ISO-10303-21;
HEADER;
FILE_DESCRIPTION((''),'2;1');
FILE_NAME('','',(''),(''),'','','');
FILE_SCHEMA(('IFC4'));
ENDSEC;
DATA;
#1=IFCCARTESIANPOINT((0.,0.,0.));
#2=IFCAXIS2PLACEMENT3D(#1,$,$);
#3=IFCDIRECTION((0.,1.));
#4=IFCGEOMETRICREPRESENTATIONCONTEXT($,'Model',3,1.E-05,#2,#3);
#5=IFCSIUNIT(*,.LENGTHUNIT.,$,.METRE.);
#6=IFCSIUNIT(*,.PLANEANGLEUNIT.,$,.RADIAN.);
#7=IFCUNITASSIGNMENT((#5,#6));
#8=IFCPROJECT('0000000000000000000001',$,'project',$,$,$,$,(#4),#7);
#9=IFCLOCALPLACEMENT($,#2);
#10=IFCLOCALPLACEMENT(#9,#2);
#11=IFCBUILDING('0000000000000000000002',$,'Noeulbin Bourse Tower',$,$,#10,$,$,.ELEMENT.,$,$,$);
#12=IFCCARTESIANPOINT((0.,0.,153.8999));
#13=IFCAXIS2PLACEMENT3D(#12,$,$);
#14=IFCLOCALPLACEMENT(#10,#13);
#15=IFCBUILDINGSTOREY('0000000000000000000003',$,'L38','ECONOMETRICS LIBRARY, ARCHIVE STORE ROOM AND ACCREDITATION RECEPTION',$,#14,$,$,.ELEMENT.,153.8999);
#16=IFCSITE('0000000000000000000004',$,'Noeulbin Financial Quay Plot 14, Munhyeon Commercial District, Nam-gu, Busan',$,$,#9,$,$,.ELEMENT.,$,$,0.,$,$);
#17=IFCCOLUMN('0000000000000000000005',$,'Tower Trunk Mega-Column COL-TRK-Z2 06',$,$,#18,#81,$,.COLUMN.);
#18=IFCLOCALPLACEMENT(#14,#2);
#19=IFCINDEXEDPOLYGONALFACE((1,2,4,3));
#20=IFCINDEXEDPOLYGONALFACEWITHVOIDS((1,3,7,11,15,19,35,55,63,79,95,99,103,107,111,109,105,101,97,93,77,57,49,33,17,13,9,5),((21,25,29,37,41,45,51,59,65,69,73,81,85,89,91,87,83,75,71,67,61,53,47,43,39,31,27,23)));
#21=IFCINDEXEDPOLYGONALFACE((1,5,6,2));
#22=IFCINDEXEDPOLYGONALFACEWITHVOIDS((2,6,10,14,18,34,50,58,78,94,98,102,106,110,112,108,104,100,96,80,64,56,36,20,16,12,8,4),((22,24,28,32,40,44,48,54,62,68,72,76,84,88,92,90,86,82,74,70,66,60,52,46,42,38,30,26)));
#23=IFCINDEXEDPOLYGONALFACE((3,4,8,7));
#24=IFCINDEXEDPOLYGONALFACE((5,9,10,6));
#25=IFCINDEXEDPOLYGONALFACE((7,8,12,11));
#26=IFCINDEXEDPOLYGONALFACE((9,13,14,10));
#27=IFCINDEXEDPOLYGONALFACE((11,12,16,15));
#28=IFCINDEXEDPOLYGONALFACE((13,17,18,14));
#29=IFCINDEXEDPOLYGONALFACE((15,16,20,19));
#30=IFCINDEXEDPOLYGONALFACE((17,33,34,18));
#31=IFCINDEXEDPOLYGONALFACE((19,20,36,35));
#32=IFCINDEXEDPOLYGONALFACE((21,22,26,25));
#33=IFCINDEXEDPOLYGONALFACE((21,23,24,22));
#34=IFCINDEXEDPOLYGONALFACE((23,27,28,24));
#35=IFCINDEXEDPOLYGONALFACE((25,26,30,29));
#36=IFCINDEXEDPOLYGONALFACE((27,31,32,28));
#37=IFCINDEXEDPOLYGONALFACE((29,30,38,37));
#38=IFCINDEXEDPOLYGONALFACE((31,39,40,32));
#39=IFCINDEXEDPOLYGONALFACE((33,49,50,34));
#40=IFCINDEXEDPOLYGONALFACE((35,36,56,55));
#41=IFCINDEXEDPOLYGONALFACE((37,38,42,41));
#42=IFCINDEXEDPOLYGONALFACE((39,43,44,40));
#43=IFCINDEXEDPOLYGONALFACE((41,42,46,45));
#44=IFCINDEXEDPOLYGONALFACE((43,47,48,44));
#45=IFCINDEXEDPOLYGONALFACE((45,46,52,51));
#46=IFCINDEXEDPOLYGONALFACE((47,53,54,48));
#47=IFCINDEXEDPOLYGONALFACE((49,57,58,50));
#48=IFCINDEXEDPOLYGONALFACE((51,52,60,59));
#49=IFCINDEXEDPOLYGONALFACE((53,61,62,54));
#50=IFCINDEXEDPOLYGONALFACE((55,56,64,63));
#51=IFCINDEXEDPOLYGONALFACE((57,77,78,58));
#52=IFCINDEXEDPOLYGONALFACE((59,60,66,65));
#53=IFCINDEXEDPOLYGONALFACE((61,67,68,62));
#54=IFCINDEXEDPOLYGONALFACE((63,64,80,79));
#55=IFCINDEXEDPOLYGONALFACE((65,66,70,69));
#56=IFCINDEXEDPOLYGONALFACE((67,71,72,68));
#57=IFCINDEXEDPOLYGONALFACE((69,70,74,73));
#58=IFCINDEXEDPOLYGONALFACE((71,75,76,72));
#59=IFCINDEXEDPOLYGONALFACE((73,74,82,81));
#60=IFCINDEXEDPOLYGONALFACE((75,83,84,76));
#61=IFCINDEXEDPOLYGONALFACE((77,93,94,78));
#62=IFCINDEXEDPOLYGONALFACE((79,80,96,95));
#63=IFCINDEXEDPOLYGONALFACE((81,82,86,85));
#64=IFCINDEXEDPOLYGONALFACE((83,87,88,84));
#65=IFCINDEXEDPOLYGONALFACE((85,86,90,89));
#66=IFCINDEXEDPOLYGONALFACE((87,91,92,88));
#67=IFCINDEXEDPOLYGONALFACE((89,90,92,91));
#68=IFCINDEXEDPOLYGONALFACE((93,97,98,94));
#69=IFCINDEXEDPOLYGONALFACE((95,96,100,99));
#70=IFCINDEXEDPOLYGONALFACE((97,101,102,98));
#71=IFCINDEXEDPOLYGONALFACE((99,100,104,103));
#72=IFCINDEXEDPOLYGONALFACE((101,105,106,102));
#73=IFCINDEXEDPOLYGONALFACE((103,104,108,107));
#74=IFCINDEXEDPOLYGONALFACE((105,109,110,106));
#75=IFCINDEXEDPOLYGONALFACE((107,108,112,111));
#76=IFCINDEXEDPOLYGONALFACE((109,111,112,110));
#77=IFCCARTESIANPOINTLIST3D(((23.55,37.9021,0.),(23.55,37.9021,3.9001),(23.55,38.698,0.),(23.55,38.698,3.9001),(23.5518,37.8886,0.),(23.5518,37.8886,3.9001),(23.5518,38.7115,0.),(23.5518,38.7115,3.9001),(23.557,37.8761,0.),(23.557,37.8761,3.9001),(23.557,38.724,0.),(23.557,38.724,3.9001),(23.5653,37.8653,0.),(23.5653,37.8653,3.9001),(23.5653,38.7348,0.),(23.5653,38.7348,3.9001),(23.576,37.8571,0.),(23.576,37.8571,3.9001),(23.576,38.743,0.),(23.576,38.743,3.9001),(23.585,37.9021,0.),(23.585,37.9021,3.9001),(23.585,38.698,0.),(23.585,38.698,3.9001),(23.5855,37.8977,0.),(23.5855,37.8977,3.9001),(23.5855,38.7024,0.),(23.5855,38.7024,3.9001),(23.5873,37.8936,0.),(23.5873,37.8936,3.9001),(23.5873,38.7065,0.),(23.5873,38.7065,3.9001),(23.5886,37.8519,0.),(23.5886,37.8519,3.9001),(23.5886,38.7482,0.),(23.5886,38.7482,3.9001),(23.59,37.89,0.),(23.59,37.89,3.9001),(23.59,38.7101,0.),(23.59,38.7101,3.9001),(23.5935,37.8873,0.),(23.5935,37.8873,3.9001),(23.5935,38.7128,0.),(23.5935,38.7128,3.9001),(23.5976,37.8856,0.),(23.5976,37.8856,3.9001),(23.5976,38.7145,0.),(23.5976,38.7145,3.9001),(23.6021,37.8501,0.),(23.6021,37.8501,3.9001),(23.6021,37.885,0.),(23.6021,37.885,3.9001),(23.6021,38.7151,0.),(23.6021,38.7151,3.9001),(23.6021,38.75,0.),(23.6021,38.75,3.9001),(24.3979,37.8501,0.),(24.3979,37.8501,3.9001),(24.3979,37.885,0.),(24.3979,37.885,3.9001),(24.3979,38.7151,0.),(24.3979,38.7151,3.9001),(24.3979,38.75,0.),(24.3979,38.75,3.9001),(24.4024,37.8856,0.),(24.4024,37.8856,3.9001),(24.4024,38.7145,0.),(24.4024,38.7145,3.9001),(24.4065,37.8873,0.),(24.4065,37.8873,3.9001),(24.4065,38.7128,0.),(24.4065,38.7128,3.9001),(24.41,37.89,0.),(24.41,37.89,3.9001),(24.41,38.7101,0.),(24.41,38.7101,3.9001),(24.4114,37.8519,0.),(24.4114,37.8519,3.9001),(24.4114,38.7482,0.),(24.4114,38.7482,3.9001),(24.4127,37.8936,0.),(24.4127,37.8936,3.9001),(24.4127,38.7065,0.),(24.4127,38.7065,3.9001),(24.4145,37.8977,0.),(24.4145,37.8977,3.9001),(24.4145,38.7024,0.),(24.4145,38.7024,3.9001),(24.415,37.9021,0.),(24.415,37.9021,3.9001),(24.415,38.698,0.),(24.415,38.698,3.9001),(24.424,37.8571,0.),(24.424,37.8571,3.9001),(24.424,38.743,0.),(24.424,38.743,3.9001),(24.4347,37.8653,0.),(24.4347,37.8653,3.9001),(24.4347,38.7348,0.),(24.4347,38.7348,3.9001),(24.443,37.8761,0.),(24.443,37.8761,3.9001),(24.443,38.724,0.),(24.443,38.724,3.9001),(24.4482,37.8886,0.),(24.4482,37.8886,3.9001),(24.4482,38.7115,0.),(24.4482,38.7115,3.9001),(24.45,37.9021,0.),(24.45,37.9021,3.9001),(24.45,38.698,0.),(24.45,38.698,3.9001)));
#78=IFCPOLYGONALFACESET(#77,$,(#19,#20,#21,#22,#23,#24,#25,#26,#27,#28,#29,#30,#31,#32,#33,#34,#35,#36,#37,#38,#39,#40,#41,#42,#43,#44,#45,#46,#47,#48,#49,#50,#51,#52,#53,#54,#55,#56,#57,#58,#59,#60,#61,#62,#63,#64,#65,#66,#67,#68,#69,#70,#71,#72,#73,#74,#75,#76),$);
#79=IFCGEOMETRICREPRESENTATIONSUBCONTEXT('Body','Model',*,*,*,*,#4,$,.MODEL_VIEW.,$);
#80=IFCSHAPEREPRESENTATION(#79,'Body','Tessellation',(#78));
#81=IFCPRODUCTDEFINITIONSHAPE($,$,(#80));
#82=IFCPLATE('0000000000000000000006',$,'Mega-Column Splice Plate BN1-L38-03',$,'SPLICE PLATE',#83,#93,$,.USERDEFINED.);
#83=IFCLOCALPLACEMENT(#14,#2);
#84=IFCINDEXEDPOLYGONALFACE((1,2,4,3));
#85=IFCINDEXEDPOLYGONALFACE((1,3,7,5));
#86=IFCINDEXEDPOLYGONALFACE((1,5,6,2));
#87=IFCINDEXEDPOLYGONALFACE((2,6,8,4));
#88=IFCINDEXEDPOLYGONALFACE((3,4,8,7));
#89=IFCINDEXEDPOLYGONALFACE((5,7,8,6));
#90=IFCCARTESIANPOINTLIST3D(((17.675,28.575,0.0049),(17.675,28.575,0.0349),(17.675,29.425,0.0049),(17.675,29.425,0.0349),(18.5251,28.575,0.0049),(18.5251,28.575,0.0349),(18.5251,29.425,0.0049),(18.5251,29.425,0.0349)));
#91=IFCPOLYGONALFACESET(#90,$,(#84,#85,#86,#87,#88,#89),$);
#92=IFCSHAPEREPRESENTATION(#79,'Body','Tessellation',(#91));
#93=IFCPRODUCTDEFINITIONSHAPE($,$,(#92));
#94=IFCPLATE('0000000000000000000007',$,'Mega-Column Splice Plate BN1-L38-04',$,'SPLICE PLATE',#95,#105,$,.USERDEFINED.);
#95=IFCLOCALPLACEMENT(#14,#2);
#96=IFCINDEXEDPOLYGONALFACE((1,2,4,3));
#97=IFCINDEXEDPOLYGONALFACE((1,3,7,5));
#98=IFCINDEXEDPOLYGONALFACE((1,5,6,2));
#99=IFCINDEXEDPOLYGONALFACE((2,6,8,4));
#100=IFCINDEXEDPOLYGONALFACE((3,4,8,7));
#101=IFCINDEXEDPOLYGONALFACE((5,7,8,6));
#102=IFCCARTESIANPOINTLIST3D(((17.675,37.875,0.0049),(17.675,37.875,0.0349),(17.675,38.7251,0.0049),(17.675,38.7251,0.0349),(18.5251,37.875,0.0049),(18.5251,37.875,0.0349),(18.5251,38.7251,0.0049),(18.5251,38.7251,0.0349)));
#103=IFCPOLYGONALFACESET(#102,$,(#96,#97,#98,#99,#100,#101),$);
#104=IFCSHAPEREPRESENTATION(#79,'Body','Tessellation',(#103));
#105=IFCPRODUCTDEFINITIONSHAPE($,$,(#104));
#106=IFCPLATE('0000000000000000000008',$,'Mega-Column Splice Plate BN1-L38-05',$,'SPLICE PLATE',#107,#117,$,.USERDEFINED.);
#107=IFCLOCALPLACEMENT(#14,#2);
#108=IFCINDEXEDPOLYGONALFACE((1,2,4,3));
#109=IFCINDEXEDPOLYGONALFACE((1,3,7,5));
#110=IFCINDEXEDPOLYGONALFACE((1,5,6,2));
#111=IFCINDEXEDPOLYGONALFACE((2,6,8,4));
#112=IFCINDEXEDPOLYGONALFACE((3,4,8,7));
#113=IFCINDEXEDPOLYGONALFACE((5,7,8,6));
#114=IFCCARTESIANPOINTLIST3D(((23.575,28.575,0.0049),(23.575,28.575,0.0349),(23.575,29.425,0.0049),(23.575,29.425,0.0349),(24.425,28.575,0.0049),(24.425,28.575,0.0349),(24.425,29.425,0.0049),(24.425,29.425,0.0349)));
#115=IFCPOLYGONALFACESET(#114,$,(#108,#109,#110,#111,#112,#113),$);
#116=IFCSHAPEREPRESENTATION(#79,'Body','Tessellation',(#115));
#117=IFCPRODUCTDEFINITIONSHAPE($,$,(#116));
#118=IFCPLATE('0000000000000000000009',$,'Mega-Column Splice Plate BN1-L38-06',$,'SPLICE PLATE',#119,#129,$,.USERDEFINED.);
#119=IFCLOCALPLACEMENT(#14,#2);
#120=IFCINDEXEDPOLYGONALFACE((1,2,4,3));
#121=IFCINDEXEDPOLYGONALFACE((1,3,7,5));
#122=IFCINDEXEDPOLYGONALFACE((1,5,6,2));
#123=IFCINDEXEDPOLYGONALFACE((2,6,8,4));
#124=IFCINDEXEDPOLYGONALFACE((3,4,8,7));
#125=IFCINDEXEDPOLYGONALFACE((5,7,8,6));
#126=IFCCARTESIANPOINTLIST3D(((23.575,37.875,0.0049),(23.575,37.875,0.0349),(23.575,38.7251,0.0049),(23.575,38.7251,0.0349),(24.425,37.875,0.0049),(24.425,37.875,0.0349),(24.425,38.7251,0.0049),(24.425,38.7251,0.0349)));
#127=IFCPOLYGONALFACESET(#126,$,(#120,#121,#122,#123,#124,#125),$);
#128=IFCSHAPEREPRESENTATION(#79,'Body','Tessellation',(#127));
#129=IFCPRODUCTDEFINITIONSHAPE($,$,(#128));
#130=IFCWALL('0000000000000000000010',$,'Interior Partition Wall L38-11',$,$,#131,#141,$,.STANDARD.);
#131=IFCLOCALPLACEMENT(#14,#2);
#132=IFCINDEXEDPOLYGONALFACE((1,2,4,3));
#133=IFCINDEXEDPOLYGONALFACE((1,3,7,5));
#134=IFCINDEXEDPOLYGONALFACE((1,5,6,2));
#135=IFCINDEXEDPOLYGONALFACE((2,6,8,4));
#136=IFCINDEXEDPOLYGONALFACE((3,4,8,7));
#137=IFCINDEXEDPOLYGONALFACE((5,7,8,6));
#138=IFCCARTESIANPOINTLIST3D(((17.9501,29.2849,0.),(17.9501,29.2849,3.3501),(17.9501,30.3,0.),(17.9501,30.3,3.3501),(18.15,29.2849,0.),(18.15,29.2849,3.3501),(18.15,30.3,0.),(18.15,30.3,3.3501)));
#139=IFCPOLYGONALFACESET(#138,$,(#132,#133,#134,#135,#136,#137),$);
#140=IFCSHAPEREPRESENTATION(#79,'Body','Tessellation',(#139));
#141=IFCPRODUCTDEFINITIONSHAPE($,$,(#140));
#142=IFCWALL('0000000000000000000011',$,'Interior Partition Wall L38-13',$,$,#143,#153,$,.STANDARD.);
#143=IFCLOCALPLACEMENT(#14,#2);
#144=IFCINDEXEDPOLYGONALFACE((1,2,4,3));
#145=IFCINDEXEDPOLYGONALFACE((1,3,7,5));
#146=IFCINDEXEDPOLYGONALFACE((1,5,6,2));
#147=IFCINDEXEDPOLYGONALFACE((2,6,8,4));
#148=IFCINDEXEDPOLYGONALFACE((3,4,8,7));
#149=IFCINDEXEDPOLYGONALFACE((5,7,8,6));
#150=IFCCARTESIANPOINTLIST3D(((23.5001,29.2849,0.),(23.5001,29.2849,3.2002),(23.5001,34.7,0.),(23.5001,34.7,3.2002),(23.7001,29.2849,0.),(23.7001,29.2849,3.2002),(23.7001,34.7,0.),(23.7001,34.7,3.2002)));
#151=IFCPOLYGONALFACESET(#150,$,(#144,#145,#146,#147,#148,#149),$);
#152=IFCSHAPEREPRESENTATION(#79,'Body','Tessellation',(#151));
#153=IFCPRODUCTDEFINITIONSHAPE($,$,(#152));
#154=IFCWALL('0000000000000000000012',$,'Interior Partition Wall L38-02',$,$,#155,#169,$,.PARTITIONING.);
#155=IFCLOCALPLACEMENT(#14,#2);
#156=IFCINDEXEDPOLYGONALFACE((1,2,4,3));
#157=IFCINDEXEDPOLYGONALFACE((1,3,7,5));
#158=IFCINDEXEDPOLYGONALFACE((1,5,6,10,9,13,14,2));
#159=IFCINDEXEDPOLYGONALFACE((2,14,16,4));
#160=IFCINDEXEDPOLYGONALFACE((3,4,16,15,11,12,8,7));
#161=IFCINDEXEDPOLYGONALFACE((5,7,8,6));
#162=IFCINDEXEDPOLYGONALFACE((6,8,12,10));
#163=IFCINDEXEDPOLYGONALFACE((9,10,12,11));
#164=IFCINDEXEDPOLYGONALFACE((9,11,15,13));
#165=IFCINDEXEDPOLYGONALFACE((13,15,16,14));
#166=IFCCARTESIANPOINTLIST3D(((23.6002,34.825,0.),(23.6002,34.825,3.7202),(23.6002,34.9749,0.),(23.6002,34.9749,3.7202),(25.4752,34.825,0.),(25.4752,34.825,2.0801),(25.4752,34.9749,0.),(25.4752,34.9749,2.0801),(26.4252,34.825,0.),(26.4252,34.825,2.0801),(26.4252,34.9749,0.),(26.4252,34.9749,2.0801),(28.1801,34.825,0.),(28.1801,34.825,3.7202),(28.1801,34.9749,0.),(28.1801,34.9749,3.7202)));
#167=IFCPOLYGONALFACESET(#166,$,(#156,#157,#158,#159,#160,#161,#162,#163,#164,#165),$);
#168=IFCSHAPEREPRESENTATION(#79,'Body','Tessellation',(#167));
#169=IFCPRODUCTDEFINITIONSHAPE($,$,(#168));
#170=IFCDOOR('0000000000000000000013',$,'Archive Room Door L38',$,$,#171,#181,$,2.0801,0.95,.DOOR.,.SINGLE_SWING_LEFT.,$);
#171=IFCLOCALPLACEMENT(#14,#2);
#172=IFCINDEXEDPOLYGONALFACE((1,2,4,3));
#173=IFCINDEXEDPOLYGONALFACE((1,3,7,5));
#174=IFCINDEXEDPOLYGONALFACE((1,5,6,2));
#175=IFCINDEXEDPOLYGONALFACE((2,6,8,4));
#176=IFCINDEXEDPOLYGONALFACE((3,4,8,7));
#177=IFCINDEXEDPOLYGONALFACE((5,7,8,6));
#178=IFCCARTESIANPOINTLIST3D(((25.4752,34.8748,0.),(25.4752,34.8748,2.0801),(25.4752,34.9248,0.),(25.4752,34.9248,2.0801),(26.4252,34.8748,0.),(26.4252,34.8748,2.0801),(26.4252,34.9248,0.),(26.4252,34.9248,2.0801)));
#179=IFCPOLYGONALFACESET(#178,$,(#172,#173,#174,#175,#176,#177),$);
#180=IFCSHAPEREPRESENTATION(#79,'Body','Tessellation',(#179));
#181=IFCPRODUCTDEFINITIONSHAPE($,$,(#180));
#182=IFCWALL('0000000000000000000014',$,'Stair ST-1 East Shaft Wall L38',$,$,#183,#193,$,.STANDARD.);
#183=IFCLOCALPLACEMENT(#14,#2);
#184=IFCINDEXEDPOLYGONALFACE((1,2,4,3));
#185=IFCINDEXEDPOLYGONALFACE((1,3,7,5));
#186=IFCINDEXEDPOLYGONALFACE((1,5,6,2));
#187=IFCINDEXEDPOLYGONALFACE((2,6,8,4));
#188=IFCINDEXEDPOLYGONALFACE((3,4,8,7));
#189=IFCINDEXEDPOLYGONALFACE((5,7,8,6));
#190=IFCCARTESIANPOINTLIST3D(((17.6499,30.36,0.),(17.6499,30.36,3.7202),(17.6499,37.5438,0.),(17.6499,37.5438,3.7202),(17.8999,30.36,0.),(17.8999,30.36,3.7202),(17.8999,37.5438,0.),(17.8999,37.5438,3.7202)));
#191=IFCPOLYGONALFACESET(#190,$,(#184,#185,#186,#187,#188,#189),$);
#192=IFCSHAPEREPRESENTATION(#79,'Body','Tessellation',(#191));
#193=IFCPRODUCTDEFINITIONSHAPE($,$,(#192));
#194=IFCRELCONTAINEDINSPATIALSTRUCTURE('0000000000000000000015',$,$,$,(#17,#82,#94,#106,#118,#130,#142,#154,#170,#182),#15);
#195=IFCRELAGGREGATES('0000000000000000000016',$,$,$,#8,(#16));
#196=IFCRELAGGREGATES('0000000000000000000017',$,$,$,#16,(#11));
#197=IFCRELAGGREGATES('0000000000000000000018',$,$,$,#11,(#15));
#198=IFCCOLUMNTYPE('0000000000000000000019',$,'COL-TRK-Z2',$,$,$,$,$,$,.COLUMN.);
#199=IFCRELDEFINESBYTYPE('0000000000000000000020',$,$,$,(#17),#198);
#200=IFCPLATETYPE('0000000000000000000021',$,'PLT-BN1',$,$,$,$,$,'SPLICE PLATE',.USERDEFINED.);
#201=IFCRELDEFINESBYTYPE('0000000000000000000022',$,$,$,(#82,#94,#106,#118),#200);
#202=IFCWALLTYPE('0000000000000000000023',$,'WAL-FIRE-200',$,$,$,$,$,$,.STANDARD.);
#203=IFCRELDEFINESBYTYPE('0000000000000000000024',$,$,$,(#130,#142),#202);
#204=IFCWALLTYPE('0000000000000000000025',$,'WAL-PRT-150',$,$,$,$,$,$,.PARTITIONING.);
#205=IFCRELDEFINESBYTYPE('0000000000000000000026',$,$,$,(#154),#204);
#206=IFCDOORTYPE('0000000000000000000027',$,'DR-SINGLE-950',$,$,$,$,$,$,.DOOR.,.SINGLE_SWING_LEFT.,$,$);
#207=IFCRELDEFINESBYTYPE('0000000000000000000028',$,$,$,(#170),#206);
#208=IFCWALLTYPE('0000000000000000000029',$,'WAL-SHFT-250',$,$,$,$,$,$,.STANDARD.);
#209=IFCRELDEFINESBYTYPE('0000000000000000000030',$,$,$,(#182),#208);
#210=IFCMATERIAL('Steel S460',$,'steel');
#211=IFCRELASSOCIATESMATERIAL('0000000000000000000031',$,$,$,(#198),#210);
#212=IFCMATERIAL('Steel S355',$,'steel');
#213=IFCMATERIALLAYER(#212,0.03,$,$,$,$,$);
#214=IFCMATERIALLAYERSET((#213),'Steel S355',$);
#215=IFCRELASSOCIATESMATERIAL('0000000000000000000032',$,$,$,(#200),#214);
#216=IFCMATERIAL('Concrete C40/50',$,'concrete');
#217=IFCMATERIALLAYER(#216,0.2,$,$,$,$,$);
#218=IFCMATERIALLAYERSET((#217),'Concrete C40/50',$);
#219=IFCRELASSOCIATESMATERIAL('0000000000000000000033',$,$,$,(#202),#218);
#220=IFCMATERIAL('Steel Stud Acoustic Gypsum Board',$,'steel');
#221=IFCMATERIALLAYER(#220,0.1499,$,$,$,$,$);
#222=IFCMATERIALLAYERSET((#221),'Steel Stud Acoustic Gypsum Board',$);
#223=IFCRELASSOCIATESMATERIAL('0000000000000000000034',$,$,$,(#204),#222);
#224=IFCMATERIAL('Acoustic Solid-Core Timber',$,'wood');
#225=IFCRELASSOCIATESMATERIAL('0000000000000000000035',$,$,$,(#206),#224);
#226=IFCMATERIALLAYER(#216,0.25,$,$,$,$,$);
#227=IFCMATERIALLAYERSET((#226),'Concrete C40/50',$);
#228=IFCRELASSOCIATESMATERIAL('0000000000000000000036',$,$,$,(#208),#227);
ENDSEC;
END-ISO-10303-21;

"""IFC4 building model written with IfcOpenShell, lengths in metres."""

from ifc_helpers import new_model, si_unit, direction, frame, frame_2d, origin, origin_2d, place, context, subcontext, project, spatial, rectangle, hollow_rectangle, extrude, material, layer, layer_set, material_profile, profile_set, type_object, element, fill, save


model = new_model("IFC4")

# Units and contexts
model_context = context("Model", 3, precision=1e-05, world=origin(), true_north=direction((0.0, 1.0)))
body_context = subcontext(model_context, "Body", "Model", "MODEL_VIEW")
ifc_project = project(units=[si_unit("LENGTHUNIT", "METRE"), si_unit("PLANEANGLEUNIT", "RADIAN")], contexts=[model_context])

# Site, building, storey
site_placement = place(None, origin())
site = spatial("IfcSite", under=ifc_project, at=site_placement, Name="Noeulbin Financial Quay Plot 14, Munhyeon Commercial District, Nam-gu, Busan", CompositionType="ELEMENT", RefElevation=0.0)
building_placement = place(site_placement, origin())
building = spatial("IfcBuilding", under=site, at=building_placement, Name="Noeulbin Bourse Tower", CompositionType="ELEMENT")
storey_placement = place(building_placement, frame((0.0, 0.0, 153.8999)))
storey = spatial("IfcBuildingStorey", under=building, at=storey_placement, Name="L38", Description="ECONOMETRICS LIBRARY, ARCHIVE STORE ROOM AND ACCREDITATION RECEPTION", CompositionType="ELEMENT", Elevation=153.8999)

# Column
ifc_material_1 = material(Name="Steel S460", Category="steel")
ifc_material_profile = material_profile(ifc_material_1, hollow_rectangle(XDim=0.8999, YDim=0.8999, WallThickness=0.0349, InnerFilletRadius=0.0171, OuterFilletRadius=0.052, at=origin_2d()), Name="BOX-900x900x35", Category="LoadBearing")
ifc_profile_set = profile_set([ifc_material_profile], Name="Steel S460")
column_type = type_object("IfcColumnType", Name="COL-TRK-Z2", PredefinedType="COLUMN", material=ifc_profile_set)
for number, where, z_axis, x_axis, name in (
    (1, (24.0, 38.3, 0.0), (0.0, 0.0, 1.0), (1.0, 0.0, 0.0), "Tower Trunk Mega-Column COL-TRK-Z2 06"),
):
    element("IfcColumn", number, at=place(storey_placement, frame(where, z_axis=z_axis, x_axis=x_axis)), inside=storey, type_object=column_type, Name=name, PredefinedType="COLUMN", context=body_context, shape_type="SweptSolid", body=[
        extrude(hollow_rectangle(XDim=0.8999, YDim=0.8999, WallThickness=0.0349, InnerFilletRadius=0.0171, OuterFilletRadius=0.052, at=origin_2d()), origin(), (0.0, 0.0, 1.0), 3.9001),
    ])

# Plates
ifc_material_2 = material(Name="Steel S355", Category="steel")
ifc_layer_1 = layer(ifc_material_2, 0.03)
ifc_layer_set_1 = layer_set([ifc_layer_1], Name="Steel S355")
plate_type = type_object("IfcPlateType", Name="PLT-BN1", ElementType="SPLICE PLATE", PredefinedType="USERDEFINED", material=ifc_layer_set_1)
for number, where, z_axis, x_axis, name in (
    (2, (18.1001, 29.0, 0.0049), (0.0, 0.0, 1.0), (1.0, 0.0, 0.0), "Mega-Column Splice Plate BN1-L38-03"),
    (3, (18.1001, 38.3, 0.0049), (0.0, 0.0, 1.0), (1.0, 0.0, 0.0), "Mega-Column Splice Plate BN1-L38-04"),
    (4, (24.0, 29.0, 0.0049), (0.0, 0.0, 1.0), (1.0, 0.0, 0.0), "Mega-Column Splice Plate BN1-L38-05"),
    (5, (24.0, 38.3, 0.0049), (0.0, 0.0, 1.0), (1.0, 0.0, 0.0), "Mega-Column Splice Plate BN1-L38-06"),
):
    element("IfcPlate", number, at=place(storey_placement, frame(where, z_axis=z_axis, x_axis=x_axis)), inside=storey, type_object=plate_type, Name=name, ObjectType="SPLICE PLATE", PredefinedType="USERDEFINED", context=body_context, shape_type="SweptSolid", body=[
        extrude(rectangle(XDim=0.8501, YDim=0.8501, at=origin_2d()), origin(), (0.0, 0.0, 1.0), 0.03),
    ])

# Walls
ifc_material_3 = material(Name="Concrete C40/50", Category="concrete")
ifc_layer_2 = layer(ifc_material_3, 0.2)
ifc_layer_set_2 = layer_set([ifc_layer_2], Name="Concrete C40/50")
wall_type_1 = type_object("IfcWallType", Name="WAL-FIRE-200", PredefinedType="STANDARD", material=ifc_layer_set_2)
wall_1_placement = place(storey_placement, frame((18.05, 29.2849, 0.0), z_axis=(0.0, 0.0, 1.0), x_axis=(0.0, 1.0, 0.0)))
element("IfcWall", 6, at=wall_1_placement, inside=storey, type_object=wall_type_1, Name="Interior Partition Wall L38-11", PredefinedType="STANDARD", context=body_context, shape_type="SweptSolid", body=[
    extrude(rectangle(XDim=1.0151, YDim=0.2, at=frame_2d((0.5076, 0.0))), origin(), (0.0, 0.0, 1.0), 3.3501),
])
wall_2_placement = place(storey_placement, frame((23.6001, 29.2849, 0.0), z_axis=(0.0, 0.0, 1.0), x_axis=(0.0, 1.0, 0.0)))
element("IfcWall", 7, at=wall_2_placement, inside=storey, type_object=wall_type_1, Name="Interior Partition Wall L38-13", PredefinedType="STANDARD", context=body_context, shape_type="SweptSolid", body=[
    extrude(rectangle(XDim=5.415, YDim=0.2, at=frame_2d((2.7075, 0.0))), origin(), (0.0, 0.0, 1.0), 3.2002),
])

# Wall, opening, door
ifc_material_4 = material(Name="Steel Stud Acoustic Gypsum Board", Category="steel")
ifc_layer_3 = layer(ifc_material_4, 0.1499)
ifc_layer_set_3 = layer_set([ifc_layer_3], Name="Steel Stud Acoustic Gypsum Board")
wall_type_2 = type_object("IfcWallType", Name="WAL-PRT-150", PredefinedType="PARTITIONING", material=ifc_layer_set_3)
wall_3_placement = place(storey_placement, frame((23.6001, 34.8999, 0.0), z_axis=(0.0, 0.0, 1.0), x_axis=(1.0, 0.0, 0.0)))
wall_3 = element("IfcWall", 8, at=wall_3_placement, inside=storey, type_object=wall_type_2, Name="Interior Partition Wall L38-02", PredefinedType="PARTITIONING", context=body_context, shape_type="SweptSolid", body=[
    extrude(rectangle(XDim=4.5798, YDim=0.1499, at=frame_2d((2.29, 0.0))), origin(), (0.0, 0.0, 1.0), 3.7202),
])
opening_1_placement = place(wall_3_placement, frame((1.875, 0.0, 0.0)))
opening_1 = element("IfcOpeningElement", 9, at=opening_1_placement, cuts=wall_3, PredefinedType="OPENING", context=body_context, shape_type="SweptSolid", body=[
    extrude(rectangle(XDim=0.95, YDim=2.0801, at=frame_2d((0.4751, 1.04))), frame((0.0, 0.085, 0.0), z_axis=(0.0, -1.0, 0.0), x_axis=(1.0, 0.0, 0.0)), (0.0, 0.0, 1.0), 0.1699),
])
ifc_material_5 = material(Name="Acoustic Solid-Core Timber", Category="wood")
door_type_1 = type_object("IfcDoorType", Name="DR-SINGLE-950", OperationType="SINGLE_SWING_LEFT", PredefinedType="DOOR", material=ifc_material_5)
door_1_placement = place(opening_1_placement, origin())
door_1 = element("IfcDoor", 10, at=door_1_placement, inside=storey, type_object=door_type_1, Name="Archive Room Door L38", OperationType="SINGLE_SWING_LEFT", OverallHeight=2.0801, OverallWidth=0.95, PredefinedType="DOOR", context=body_context, shape_type="SweptSolid", body=[
    extrude(rectangle(XDim=0.95, YDim=2.0801, at=frame_2d((0.4751, 1.04))), frame((0.0, 0.0249, 0.0), z_axis=(0.0, -1.0, 0.0), x_axis=(1.0, 0.0, 0.0)), (0.0, 0.0, 1.0), 0.05),
])
fill(opening_1, door_1)

# Wall
ifc_layer_4 = layer(ifc_material_3, 0.25)
ifc_layer_set_4 = layer_set([ifc_layer_4], Name="Concrete C40/50")
wall_type_3 = type_object("IfcWallType", Name="WAL-SHFT-250", PredefinedType="STANDARD", material=ifc_layer_set_4)
wall_4_placement = place(storey_placement, frame((17.7749, 30.3601, 0.0), z_axis=(0.0, 0.0, 1.0), x_axis=(0.0, 1.0, 0.0)))
element("IfcWall", 11, at=wall_4_placement, inside=storey, type_object=wall_type_3, Name="Stair ST-1 East Shaft Wall L38", PredefinedType="STANDARD", context=body_context, shape_type="SweptSolid", body=[
    extrude(rectangle(XDim=7.1838, YDim=0.25, at=frame_2d((3.5918, 0.0))), origin(), (0.0, 0.0, 1.0), 3.7202),
])

save(model, "model.ifc")
